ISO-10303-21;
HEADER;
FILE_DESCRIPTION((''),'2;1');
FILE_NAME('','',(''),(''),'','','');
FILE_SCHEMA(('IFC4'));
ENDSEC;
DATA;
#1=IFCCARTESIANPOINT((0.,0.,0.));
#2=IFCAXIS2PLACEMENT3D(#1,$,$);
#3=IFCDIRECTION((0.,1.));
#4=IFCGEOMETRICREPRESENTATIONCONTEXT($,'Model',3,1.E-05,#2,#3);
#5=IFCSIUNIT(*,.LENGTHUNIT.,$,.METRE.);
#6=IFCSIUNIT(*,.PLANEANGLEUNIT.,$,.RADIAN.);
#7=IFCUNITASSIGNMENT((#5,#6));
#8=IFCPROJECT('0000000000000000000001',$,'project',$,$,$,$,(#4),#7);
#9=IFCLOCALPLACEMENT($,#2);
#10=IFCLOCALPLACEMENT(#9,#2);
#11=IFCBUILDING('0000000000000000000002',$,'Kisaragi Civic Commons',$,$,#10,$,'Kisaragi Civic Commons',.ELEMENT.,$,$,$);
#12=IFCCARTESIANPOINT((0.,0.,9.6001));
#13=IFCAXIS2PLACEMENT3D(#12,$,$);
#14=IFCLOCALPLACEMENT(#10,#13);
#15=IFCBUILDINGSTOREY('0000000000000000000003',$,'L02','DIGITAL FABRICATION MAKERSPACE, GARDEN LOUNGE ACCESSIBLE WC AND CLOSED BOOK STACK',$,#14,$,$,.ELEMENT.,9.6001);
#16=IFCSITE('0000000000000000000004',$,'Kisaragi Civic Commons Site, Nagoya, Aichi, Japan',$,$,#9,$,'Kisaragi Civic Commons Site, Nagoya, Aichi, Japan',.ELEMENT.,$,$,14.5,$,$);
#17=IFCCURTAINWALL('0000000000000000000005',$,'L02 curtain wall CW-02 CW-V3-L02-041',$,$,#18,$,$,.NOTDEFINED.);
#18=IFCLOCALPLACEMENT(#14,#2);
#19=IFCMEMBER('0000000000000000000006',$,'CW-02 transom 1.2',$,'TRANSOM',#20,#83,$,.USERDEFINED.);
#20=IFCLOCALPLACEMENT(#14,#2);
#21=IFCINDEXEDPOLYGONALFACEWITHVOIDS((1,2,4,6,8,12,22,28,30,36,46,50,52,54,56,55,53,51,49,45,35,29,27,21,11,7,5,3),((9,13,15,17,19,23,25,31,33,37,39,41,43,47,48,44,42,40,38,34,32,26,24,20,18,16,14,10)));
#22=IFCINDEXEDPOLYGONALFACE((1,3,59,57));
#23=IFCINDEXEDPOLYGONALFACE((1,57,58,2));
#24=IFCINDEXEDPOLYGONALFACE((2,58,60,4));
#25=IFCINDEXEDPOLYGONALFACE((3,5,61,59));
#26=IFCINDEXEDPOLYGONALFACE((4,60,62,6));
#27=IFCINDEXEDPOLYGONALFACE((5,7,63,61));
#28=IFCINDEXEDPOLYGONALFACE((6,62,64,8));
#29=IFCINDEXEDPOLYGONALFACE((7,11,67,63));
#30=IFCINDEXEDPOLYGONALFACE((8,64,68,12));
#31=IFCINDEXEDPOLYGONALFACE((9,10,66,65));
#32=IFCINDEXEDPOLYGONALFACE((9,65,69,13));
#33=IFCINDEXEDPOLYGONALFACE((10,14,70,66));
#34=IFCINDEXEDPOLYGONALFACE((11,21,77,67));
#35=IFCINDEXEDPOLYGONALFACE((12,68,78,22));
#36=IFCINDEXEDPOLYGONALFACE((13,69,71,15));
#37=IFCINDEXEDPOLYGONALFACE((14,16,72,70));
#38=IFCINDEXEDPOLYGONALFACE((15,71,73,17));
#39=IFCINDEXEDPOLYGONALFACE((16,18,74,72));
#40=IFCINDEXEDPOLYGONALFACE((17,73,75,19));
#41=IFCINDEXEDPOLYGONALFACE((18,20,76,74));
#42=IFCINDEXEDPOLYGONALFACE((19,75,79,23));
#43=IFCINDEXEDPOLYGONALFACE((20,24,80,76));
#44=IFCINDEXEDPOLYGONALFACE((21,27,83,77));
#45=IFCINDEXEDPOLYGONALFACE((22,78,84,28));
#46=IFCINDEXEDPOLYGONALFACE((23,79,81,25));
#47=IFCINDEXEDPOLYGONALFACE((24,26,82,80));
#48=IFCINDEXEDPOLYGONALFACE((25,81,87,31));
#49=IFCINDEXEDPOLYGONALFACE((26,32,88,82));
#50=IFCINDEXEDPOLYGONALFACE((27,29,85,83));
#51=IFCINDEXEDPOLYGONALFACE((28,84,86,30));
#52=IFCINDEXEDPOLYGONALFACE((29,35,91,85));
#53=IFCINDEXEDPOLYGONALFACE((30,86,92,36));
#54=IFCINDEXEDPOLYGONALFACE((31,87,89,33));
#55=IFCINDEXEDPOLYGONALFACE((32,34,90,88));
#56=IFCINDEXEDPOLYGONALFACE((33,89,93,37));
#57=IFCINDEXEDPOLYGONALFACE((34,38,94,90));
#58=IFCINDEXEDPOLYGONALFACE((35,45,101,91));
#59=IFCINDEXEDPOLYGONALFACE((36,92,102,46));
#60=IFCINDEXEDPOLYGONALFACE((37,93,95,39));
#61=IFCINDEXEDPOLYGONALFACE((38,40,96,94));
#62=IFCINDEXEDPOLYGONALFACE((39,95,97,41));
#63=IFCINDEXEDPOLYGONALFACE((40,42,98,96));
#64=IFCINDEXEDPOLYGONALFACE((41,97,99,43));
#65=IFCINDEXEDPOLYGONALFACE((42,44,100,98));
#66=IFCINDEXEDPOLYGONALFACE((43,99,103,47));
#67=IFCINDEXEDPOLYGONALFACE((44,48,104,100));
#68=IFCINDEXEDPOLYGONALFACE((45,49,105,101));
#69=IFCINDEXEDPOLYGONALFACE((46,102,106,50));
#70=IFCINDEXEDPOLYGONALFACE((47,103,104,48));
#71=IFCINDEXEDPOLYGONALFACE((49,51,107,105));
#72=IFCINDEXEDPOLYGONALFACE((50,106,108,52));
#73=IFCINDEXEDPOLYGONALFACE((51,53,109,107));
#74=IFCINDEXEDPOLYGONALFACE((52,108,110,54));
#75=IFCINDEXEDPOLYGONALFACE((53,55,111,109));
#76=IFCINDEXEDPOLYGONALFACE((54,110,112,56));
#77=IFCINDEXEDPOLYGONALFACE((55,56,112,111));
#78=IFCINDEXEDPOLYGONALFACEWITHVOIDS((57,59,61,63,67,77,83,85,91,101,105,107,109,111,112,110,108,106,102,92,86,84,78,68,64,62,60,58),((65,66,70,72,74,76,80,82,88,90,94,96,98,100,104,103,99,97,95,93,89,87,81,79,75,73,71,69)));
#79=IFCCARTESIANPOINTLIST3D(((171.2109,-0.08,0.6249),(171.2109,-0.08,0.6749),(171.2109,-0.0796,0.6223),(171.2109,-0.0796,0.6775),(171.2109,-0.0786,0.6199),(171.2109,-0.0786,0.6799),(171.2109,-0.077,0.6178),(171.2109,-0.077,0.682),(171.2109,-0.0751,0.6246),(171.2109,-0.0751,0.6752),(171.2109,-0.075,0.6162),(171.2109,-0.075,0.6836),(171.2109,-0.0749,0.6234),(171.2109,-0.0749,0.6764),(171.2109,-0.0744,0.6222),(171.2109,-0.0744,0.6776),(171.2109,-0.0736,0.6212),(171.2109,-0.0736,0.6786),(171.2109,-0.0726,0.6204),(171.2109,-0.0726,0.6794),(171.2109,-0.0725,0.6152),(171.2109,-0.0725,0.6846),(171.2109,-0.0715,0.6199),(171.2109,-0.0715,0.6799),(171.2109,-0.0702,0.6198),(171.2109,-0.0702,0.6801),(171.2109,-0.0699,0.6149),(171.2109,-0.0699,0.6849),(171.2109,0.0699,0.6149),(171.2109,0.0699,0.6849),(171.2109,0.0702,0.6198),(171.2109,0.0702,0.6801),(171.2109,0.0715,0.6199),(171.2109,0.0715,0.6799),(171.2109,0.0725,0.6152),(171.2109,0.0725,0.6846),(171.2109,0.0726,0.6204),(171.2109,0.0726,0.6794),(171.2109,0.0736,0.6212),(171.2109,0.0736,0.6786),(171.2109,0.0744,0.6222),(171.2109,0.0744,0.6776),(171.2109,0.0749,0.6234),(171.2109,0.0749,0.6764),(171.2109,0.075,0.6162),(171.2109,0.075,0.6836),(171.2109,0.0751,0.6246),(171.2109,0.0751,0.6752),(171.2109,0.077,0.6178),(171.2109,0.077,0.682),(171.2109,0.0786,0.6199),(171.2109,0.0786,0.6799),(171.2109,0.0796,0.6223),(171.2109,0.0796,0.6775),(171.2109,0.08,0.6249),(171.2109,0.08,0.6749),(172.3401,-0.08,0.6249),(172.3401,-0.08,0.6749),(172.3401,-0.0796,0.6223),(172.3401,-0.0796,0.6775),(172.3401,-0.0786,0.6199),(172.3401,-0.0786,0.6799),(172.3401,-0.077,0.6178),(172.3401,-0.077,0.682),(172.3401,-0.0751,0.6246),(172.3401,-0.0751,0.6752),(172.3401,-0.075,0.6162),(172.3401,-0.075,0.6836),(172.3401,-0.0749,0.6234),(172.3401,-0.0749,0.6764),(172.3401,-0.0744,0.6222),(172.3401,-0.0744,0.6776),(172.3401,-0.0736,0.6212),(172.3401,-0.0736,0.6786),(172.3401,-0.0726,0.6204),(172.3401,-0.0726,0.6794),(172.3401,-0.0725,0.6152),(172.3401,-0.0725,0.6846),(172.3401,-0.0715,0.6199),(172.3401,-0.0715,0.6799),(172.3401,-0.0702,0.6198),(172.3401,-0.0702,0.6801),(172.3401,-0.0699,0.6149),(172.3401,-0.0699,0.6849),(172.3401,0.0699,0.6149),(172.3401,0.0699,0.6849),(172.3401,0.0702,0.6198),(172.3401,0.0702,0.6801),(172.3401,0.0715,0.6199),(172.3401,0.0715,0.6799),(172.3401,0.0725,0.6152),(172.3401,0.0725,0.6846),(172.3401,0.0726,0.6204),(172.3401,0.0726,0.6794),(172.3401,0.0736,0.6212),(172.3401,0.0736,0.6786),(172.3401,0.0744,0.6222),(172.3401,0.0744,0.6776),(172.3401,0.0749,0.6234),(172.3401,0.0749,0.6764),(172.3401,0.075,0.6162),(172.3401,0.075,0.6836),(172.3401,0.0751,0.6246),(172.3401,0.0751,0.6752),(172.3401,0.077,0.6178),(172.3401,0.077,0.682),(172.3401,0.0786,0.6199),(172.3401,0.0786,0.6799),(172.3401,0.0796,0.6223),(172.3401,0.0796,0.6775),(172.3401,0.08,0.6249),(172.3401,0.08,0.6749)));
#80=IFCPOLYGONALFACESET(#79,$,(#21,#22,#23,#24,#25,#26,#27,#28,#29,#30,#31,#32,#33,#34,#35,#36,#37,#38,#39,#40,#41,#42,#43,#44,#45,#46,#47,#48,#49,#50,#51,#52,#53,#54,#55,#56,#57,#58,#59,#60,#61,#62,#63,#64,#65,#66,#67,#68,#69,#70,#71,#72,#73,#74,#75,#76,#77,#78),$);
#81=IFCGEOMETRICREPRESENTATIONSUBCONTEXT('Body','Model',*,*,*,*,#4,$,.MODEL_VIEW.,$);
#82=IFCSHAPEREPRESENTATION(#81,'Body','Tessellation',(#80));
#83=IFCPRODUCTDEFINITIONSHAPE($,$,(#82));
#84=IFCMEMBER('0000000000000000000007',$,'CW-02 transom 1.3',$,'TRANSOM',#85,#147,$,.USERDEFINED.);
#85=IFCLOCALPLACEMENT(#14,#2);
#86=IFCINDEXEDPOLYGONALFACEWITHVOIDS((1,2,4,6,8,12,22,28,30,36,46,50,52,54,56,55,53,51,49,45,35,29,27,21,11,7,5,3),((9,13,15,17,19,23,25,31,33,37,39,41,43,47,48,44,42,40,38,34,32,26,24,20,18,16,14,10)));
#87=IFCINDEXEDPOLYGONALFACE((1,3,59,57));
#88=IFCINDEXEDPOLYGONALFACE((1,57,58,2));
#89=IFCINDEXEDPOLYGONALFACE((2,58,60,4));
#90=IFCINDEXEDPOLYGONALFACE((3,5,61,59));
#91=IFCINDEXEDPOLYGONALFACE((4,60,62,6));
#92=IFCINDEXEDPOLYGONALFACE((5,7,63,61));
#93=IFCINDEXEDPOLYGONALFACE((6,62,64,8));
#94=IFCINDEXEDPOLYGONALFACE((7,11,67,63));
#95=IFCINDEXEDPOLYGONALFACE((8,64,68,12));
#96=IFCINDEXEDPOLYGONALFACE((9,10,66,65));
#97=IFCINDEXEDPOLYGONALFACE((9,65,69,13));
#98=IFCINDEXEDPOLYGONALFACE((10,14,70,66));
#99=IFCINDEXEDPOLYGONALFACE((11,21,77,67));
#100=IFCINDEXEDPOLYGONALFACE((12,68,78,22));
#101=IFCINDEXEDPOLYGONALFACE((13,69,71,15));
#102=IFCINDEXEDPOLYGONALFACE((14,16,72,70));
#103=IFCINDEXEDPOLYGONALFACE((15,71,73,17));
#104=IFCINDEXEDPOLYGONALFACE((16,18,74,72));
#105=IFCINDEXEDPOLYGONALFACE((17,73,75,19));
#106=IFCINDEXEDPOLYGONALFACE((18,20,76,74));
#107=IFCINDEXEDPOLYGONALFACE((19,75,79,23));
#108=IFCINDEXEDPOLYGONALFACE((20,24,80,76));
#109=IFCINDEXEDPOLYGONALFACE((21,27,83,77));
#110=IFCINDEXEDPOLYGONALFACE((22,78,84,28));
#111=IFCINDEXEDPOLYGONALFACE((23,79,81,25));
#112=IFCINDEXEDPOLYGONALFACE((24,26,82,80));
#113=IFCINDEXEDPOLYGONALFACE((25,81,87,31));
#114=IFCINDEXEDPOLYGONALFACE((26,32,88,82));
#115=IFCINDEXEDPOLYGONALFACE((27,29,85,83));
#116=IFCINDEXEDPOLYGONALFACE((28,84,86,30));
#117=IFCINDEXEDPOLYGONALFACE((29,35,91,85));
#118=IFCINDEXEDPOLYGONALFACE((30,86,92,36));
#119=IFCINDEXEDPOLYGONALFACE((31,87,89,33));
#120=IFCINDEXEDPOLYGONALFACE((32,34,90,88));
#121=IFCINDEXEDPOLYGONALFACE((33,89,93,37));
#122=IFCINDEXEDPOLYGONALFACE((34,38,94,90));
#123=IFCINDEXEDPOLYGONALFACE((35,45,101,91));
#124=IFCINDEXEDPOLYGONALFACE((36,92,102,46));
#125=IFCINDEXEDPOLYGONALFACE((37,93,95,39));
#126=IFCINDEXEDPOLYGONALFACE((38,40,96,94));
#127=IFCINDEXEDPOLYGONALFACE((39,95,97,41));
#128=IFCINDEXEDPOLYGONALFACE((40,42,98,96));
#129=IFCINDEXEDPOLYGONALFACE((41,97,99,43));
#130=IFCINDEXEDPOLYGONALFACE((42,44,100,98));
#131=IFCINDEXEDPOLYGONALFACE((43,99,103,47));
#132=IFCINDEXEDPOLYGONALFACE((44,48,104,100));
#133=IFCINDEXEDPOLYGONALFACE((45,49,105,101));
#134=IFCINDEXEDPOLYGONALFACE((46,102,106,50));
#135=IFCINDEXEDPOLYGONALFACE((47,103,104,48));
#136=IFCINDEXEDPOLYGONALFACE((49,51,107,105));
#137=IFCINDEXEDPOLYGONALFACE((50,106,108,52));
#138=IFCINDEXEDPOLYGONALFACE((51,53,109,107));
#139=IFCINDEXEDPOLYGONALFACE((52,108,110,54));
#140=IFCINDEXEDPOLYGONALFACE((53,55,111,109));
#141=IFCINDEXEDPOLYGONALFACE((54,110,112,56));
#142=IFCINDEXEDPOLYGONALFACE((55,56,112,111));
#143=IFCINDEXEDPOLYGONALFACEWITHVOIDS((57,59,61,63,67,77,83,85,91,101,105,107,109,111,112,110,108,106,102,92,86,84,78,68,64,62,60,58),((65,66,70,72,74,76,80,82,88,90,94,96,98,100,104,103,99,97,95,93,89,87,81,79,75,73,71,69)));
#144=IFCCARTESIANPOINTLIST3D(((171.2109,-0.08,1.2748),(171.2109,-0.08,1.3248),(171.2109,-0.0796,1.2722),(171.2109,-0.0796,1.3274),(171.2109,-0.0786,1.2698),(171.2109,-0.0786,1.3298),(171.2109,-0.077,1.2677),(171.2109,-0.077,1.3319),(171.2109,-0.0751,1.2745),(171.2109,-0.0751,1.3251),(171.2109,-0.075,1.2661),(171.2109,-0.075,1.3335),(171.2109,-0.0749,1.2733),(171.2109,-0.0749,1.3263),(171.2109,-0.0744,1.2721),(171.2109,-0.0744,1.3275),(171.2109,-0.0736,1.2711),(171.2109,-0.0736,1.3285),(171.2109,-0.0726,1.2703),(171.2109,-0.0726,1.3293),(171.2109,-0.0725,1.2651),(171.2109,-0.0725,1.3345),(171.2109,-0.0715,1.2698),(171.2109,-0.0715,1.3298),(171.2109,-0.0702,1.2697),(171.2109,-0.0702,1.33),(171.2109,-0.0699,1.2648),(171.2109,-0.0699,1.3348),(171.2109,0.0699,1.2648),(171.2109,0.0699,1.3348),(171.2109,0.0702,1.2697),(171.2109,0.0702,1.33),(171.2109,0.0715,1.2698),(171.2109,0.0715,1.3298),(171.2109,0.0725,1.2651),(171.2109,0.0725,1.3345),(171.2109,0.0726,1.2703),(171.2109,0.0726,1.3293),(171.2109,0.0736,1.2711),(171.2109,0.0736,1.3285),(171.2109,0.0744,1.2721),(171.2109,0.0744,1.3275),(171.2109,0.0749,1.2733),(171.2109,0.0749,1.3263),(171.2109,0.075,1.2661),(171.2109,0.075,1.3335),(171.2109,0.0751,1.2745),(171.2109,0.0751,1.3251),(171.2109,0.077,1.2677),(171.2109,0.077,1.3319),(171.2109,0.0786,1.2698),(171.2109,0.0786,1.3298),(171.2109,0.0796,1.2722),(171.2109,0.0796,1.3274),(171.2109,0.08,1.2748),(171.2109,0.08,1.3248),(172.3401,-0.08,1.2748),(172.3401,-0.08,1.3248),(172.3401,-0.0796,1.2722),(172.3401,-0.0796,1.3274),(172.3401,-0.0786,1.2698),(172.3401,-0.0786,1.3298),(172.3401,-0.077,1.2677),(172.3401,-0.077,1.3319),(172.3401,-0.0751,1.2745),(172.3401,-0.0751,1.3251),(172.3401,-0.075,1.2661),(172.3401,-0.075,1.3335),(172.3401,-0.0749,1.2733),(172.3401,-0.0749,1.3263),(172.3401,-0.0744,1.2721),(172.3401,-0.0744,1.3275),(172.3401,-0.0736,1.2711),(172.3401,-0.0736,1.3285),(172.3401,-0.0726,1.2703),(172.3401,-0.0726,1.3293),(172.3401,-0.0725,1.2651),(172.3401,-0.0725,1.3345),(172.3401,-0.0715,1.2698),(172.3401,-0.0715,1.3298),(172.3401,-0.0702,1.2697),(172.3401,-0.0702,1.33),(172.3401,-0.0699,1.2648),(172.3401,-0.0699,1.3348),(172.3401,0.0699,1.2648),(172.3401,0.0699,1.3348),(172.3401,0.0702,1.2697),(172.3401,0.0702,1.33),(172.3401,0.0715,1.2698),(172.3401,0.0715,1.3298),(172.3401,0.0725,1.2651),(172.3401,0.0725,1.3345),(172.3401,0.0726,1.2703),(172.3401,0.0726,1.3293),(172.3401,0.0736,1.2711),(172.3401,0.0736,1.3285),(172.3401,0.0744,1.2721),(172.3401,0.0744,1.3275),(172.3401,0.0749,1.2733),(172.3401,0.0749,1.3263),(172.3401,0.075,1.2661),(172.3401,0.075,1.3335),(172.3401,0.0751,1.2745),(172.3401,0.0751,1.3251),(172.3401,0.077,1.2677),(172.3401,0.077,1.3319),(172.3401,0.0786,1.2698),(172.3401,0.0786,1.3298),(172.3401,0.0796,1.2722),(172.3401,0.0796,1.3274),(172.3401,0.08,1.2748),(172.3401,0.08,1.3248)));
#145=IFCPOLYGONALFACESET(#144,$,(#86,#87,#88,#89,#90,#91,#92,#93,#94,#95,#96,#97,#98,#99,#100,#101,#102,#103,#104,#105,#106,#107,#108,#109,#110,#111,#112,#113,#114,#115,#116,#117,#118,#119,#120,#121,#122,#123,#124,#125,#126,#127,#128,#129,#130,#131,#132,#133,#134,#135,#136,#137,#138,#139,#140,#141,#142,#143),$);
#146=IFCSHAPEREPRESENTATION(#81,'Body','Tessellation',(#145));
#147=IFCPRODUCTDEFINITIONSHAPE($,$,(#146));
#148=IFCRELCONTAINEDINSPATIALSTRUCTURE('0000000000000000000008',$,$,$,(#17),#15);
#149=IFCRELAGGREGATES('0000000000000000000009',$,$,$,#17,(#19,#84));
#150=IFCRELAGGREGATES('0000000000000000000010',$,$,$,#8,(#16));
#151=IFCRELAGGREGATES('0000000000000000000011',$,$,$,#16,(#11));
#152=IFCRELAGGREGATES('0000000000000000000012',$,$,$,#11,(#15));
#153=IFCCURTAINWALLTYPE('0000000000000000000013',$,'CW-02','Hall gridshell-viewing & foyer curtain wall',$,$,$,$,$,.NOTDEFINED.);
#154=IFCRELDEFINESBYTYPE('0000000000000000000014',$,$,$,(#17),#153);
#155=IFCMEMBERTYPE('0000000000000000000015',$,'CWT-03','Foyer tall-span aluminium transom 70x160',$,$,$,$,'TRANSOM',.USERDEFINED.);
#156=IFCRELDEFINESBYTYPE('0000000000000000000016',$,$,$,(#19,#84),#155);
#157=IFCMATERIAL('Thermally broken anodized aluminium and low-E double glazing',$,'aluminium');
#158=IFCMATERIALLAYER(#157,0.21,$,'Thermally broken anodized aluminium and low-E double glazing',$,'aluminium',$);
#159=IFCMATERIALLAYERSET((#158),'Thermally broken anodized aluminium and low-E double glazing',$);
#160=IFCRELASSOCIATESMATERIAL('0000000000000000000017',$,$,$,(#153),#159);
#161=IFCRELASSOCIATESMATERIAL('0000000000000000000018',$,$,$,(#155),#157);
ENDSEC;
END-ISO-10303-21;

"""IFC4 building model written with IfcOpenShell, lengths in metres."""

from ifc_helpers import new_model, si_unit, direction, frame, origin, origin_2d, place, context, subcontext, project, spatial, hollow_rectangle, extrude, material, layer, layer_set, material_profile, profile_set, type_object, element, aggregate, save


model = new_model("IFC4")

# Units and contexts
model_context = context("Model", 3, precision=1e-05, world=origin(), true_north=direction((0.0, 1.0)))
body_context = subcontext(model_context, "Body", "Model", "MODEL_VIEW")
ifc_project = project(units=[si_unit("LENGTHUNIT", "METRE"), si_unit("PLANEANGLEUNIT", "RADIAN")], contexts=[model_context])

# Site, building, storey
site_placement = place(None, origin())
site = spatial("IfcSite", under=ifc_project, at=site_placement, Name="Kisaragi Civic Commons Site, Nagoya, Aichi, Japan", LongName="Kisaragi Civic Commons Site, Nagoya, Aichi, Japan", CompositionType="ELEMENT", RefElevation=14.5)
building_placement = place(site_placement, origin())
building = spatial("IfcBuilding", under=site, at=building_placement, Name="Kisaragi Civic Commons", LongName="Kisaragi Civic Commons", CompositionType="ELEMENT")
storey_placement = place(building_placement, frame((0.0, 0.0, 9.6001)))
storey = spatial("IfcBuildingStorey", under=building, at=storey_placement, Name="L02", Description="DIGITAL FABRICATION MAKERSPACE, GARDEN LOUNGE ACCESSIBLE WC AND CLOSED BOOK STACK", CompositionType="ELEMENT", Elevation=9.6001)

# Shared definitions
ifc_material_1 = material(Name="Thermally broken anodized aluminium and low-E double glazing", Category="aluminium")
ifc_layer_1 = layer(ifc_material_1, 0.21, Name="Thermally broken anodized aluminium and low-E double glazing", Category="aluminium")
ifc_layer_set_1 = layer_set([ifc_layer_1], Name="Thermally broken anodized aluminium and low-E double glazing")
curtain_wall_type = type_object("IfcCurtainWallType", Name="CW-02", Description="Hall gridshell-viewing & foyer curtain wall", PredefinedType="NOTDEFINED", material=ifc_layer_set_1)

# Curtain wall
curtain_wall_1_placement = place(storey_placement, origin())
curtain_wall_1 = element("IfcCurtainWall", 1, at=curtain_wall_1_placement, inside=storey, type_object=curtain_wall_type, Name="L02 curtain wall CW-02 CW-V3-L02-041", PredefinedType="NOTDEFINED")

# Members
ifc_material_profile_1 = material_profile(ifc_material_1, hollow_rectangle(XDim=0.1599, YDim=0.0701, WallThickness=0.0049, InnerFilletRadius=0.0049, OuterFilletRadius=0.01, at=origin_2d()), Name="CWT-70x160x5", Category="aluminium")
ifc_profile_set_1 = profile_set([ifc_material_profile_1], Name="Thermally broken anodized aluminium and low-E double glazing")
member_type_1 = type_object("IfcMemberType", Name="CWT-03", Description="Foyer tall-span aluminium transom 70x160", ElementType="TRANSOM", PredefinedType="USERDEFINED", material=ifc_profile_set_1)
member_1_placement = place(storey_placement, frame((172.3401, 0.0, 0.6499), z_axis=(-1.0, 0.0, 0.0), x_axis=(0.0, -1.0, 0.0)))
member_1 = element("IfcMember", 2, at=member_1_placement, type_object=member_type_1, Name="CW-02 transom 1.2", ObjectType="TRANSOM", PredefinedType="USERDEFINED", context=body_context, shape_type="SweptSolid", body=[
    extrude(hollow_rectangle(XDim=0.1599, YDim=0.0701, WallThickness=0.0049, InnerFilletRadius=0.0049, OuterFilletRadius=0.01, at=origin_2d()), origin(), (0.0, 0.0, 1.0), 1.1292),
])
member_2_placement = place(storey_placement, frame((172.3401, 0.0, 1.2998), z_axis=(-1.0, 0.0, 0.0), x_axis=(0.0, -1.0, 0.0)))
member_2 = element("IfcMember", 3, at=member_2_placement, type_object=member_type_1, Name="CW-02 transom 1.3", ObjectType="TRANSOM", PredefinedType="USERDEFINED", context=body_context, shape_type="SweptSolid", body=[
    extrude(hollow_rectangle(XDim=0.1599, YDim=0.0701, WallThickness=0.0049, InnerFilletRadius=0.0049, OuterFilletRadius=0.01, at=origin_2d()), origin(), (0.0, 0.0, 1.0), 1.1292),
])
aggregate(curtain_wall_1, [member_1, member_2])

save(model, "model.ifc")
